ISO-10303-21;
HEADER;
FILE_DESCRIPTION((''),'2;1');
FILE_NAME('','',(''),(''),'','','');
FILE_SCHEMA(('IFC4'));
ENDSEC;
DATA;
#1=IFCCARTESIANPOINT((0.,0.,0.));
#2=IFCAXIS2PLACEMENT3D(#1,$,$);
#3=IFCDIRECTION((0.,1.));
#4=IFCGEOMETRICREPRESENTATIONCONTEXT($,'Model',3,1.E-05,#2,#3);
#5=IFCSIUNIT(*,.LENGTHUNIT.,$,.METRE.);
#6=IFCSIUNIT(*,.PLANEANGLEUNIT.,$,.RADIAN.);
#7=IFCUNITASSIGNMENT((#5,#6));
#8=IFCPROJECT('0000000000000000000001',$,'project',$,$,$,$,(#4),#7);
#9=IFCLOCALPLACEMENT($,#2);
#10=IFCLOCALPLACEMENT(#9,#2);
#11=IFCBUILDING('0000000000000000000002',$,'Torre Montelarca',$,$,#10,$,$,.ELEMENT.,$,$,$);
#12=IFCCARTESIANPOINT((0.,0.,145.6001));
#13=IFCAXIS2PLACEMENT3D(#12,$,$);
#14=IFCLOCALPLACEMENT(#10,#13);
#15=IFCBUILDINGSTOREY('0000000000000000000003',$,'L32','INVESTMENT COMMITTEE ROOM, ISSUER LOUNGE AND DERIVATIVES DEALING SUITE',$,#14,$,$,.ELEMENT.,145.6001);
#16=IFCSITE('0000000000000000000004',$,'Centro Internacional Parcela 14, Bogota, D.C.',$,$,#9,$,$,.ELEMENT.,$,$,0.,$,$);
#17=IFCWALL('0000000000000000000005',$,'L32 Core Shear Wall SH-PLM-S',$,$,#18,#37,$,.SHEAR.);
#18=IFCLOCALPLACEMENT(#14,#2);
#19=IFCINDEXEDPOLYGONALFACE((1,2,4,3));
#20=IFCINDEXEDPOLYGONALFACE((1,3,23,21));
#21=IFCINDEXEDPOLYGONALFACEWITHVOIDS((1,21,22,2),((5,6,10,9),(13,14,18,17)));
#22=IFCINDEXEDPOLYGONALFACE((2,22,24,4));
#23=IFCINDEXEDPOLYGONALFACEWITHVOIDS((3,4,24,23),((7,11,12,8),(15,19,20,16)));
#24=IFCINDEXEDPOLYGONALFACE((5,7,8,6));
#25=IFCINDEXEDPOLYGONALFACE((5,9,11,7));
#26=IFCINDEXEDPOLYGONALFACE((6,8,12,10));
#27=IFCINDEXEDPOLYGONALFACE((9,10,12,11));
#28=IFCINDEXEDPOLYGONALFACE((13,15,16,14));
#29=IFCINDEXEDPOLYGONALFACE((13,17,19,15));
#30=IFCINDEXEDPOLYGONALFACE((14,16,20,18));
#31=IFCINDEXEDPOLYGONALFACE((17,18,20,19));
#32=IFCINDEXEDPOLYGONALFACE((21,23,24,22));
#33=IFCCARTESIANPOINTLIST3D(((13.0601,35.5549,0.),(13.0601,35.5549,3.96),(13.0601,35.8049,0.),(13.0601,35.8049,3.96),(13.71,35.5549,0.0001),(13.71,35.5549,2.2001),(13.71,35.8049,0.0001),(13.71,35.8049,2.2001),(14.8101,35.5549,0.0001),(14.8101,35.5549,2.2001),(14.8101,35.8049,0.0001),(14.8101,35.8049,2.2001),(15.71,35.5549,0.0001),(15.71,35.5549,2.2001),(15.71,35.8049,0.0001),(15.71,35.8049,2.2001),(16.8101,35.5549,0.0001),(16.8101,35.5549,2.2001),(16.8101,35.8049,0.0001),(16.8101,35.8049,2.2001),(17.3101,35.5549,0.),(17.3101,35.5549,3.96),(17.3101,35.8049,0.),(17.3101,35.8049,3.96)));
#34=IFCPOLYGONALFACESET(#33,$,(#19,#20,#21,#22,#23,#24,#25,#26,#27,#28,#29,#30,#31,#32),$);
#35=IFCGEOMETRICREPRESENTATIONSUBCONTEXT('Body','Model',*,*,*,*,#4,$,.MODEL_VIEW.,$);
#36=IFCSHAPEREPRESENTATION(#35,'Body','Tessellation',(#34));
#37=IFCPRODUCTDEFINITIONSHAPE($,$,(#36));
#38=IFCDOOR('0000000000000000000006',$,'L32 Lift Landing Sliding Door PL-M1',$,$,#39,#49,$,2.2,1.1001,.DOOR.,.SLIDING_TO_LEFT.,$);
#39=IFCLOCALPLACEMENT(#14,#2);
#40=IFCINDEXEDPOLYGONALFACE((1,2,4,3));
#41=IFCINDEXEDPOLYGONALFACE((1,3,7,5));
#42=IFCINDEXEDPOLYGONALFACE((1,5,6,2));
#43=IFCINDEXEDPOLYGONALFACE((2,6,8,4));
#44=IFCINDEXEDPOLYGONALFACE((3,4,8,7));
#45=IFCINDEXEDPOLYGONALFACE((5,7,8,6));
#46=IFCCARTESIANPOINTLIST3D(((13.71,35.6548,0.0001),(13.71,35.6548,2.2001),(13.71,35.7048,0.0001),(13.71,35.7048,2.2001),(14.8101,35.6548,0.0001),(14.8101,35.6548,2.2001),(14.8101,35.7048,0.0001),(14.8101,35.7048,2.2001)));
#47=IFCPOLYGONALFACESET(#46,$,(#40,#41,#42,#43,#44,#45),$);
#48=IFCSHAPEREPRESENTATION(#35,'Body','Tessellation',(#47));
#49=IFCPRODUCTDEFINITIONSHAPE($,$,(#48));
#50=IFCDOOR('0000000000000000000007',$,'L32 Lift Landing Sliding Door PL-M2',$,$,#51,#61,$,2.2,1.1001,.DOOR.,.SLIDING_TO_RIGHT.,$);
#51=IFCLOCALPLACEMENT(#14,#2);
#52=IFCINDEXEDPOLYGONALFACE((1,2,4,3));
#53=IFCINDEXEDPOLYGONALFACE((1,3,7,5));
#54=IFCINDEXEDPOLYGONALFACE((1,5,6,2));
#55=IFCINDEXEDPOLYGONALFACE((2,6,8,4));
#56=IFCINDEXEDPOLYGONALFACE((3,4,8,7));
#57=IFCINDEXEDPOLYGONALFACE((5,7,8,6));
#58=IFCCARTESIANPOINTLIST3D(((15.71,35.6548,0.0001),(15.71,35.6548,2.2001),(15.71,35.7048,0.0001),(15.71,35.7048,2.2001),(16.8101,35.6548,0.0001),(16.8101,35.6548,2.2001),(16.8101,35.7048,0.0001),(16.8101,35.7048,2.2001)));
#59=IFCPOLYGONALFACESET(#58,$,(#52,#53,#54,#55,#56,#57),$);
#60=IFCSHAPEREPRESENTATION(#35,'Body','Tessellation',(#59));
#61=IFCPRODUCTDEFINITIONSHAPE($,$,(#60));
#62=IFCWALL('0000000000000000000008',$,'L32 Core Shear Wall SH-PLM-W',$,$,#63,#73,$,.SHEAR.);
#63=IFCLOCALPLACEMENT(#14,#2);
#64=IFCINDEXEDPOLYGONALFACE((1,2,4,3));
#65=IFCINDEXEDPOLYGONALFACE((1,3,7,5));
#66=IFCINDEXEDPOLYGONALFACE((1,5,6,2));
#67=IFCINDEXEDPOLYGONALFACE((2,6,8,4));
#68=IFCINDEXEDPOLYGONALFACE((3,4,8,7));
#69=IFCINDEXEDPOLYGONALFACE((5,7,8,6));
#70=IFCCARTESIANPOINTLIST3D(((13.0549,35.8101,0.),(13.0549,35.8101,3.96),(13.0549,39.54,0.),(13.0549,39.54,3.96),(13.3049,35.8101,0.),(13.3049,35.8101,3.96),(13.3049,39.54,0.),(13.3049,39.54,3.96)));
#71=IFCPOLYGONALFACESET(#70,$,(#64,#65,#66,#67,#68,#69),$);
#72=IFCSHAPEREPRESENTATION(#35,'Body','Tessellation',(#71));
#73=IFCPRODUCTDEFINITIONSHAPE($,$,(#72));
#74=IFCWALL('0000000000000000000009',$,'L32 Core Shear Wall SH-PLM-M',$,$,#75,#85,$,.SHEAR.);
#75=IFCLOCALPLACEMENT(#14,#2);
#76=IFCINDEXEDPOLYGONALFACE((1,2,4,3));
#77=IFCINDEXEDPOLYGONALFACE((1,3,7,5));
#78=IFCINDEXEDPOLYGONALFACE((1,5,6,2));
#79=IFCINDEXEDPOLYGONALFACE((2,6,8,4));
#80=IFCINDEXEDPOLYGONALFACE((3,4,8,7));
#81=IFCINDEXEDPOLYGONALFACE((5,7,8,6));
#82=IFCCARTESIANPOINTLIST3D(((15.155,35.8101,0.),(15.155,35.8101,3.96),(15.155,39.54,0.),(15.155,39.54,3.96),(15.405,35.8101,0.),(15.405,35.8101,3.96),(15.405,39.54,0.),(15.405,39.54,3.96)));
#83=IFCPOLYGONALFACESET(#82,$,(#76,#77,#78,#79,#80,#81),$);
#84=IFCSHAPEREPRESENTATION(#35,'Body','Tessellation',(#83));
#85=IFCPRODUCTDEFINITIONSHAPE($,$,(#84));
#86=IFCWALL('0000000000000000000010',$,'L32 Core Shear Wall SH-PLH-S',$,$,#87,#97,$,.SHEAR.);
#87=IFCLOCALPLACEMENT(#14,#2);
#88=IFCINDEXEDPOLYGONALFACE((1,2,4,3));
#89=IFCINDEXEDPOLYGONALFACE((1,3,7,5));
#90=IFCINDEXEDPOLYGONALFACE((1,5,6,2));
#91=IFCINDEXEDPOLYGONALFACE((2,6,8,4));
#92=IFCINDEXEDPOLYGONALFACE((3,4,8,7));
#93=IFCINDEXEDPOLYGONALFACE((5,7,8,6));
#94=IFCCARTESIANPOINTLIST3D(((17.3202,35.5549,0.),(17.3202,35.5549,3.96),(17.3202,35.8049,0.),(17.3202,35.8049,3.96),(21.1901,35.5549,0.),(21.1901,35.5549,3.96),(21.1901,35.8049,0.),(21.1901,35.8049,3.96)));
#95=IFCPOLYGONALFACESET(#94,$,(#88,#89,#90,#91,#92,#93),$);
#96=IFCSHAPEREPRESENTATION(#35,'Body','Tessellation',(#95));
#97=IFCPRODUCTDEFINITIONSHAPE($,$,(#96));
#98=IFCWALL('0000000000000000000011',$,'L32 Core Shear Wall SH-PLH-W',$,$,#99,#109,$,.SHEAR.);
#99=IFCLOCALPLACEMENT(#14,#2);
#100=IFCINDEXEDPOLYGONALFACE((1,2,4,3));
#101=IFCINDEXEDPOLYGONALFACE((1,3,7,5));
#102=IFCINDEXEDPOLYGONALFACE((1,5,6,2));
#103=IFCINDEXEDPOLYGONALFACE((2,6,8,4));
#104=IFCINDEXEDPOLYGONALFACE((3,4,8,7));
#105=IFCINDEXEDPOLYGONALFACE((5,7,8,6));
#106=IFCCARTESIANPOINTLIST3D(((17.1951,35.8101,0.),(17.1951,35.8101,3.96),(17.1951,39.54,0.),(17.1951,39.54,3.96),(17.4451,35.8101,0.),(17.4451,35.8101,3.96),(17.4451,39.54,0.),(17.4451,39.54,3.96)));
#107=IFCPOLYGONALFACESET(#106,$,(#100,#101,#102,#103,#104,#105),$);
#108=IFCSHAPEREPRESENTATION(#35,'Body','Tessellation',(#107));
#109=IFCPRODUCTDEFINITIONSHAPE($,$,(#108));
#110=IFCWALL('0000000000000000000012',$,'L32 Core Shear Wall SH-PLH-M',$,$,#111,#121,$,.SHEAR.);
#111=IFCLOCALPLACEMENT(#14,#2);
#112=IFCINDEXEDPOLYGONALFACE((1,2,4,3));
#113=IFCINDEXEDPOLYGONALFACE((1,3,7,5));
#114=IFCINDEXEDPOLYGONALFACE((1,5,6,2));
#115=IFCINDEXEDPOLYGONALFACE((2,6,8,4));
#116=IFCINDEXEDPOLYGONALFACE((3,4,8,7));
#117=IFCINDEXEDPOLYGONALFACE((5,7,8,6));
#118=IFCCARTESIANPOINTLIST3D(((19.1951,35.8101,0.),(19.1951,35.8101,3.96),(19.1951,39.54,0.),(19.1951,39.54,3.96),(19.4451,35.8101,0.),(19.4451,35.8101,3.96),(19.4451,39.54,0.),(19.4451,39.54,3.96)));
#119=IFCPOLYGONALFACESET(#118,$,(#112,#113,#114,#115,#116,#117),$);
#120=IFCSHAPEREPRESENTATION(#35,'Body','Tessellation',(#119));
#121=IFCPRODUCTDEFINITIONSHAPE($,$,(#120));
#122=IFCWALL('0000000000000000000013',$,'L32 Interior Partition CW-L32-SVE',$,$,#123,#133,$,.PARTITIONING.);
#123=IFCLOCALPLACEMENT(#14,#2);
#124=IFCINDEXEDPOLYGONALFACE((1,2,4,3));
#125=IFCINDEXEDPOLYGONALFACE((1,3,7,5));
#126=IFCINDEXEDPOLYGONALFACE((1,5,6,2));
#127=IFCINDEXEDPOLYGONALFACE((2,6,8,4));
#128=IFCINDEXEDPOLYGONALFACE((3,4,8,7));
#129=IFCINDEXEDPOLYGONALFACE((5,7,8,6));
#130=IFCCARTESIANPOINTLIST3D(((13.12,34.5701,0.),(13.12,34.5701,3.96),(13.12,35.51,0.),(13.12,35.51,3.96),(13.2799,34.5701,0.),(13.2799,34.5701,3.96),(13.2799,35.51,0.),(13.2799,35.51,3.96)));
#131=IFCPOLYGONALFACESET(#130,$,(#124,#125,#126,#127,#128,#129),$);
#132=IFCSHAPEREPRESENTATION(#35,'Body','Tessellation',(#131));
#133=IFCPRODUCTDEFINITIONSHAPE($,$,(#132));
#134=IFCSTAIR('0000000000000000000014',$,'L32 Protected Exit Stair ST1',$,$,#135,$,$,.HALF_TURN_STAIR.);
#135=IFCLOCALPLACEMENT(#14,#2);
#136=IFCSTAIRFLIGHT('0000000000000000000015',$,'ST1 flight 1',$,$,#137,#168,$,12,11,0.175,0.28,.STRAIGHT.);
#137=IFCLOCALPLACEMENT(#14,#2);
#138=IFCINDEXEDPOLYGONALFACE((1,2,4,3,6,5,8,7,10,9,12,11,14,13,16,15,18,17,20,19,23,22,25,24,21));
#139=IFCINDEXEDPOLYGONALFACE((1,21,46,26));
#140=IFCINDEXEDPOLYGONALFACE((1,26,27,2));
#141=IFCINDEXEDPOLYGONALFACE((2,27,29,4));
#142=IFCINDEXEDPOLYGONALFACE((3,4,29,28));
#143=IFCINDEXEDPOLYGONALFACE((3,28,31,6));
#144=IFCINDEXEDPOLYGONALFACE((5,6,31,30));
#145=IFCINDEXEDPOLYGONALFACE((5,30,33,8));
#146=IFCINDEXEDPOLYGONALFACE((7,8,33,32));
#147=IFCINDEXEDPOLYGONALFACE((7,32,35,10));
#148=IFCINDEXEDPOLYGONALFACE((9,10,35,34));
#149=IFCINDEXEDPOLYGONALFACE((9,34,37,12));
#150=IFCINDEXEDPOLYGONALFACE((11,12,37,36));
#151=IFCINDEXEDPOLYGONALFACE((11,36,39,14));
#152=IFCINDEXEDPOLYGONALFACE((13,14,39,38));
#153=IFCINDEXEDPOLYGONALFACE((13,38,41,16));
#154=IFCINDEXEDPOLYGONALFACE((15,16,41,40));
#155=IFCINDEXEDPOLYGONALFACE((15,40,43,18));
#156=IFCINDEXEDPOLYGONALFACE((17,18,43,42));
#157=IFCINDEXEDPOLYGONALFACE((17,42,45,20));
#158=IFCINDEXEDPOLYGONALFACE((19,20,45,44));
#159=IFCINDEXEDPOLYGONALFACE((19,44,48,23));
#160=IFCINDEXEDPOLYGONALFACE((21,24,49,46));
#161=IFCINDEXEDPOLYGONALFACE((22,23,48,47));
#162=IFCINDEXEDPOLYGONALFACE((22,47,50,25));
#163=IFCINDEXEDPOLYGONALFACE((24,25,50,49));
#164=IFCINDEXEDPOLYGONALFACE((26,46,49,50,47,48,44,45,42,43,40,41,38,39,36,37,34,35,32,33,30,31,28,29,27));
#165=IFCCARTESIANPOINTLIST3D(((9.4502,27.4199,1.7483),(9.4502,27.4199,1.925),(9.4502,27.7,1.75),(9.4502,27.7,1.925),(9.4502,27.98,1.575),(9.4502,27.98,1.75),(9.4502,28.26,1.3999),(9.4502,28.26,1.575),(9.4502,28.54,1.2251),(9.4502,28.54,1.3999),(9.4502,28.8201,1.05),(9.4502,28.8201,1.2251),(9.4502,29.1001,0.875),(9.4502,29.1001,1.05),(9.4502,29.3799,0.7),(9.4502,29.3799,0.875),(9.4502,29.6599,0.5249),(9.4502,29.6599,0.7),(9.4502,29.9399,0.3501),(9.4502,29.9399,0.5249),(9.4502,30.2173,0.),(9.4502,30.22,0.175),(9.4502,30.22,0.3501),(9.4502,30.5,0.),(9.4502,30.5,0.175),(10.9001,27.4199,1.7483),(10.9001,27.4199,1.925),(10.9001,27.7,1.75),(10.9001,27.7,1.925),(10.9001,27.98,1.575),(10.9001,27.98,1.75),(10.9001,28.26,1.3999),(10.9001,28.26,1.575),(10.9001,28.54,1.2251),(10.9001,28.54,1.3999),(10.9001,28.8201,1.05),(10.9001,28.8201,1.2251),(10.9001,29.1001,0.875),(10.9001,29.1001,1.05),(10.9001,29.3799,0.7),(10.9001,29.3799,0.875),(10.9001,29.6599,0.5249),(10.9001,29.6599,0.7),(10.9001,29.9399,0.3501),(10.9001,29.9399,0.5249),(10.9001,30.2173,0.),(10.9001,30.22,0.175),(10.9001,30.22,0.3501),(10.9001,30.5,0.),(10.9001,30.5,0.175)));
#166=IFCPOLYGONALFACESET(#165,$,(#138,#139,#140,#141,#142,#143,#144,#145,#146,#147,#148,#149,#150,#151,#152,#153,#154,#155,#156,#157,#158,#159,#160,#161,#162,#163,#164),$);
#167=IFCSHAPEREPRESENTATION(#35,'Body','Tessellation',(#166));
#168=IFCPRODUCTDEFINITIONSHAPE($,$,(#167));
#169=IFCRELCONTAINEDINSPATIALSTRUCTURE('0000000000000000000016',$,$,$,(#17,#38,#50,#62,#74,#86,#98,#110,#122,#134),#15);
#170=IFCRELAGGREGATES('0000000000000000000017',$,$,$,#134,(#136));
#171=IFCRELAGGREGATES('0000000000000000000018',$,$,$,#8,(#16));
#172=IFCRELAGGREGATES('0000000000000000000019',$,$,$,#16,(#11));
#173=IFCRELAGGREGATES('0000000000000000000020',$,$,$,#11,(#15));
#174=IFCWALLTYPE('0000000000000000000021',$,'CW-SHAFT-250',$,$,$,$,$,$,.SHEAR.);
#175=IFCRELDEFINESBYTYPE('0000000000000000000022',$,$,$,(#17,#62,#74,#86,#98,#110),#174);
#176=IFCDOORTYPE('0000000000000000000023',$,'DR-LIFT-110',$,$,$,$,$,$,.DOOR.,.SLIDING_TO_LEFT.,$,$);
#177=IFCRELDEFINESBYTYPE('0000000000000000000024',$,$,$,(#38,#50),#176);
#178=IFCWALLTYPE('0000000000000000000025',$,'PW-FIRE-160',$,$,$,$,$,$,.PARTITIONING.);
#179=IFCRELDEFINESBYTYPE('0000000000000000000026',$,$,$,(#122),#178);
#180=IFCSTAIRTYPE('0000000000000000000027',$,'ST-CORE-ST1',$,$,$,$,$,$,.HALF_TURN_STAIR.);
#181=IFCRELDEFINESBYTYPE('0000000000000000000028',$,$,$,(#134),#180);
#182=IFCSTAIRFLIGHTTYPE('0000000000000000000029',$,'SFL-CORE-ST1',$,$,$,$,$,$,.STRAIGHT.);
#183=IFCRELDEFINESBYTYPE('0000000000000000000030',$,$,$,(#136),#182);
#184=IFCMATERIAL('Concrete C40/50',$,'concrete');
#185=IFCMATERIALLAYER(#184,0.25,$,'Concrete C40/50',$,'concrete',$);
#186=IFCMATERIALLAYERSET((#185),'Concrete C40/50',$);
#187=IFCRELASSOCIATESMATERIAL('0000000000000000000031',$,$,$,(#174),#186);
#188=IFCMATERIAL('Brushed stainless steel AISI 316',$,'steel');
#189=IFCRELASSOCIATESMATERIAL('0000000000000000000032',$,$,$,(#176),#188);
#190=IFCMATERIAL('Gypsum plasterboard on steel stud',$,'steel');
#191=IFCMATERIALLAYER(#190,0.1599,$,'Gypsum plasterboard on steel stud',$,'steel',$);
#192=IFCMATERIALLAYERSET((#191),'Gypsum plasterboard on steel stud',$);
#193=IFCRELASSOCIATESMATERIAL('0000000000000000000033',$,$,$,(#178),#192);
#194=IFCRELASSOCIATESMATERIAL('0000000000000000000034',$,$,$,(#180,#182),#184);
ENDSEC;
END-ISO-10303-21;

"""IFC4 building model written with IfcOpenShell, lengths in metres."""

from ifc_helpers import new_model, si_unit, direction, frame, frame_2d, origin, place, context, subcontext, project, spatial, polyline, rectangle, outline, extrude, source, transform, mapped, material, layer, layer_set, type_object, element, fill, aggregate, save


model = new_model("IFC4")

# Units and contexts
model_context = context("Model", 3, precision=1e-05, world=origin(), true_north=direction((0.0, 1.0)))
body_context = subcontext(model_context, "Body", "Model", "MODEL_VIEW")
ifc_project = project(units=[si_unit("LENGTHUNIT", "METRE"), si_unit("PLANEANGLEUNIT", "RADIAN")], contexts=[model_context])

# Site, building, storey
site_placement = place(None, origin())
site = spatial("IfcSite", under=ifc_project, at=site_placement, Name="Centro Internacional Parcela 14, Bogota, D.C.", CompositionType="ELEMENT", RefElevation=0.0)
building_placement = place(site_placement, origin())
building = spatial("IfcBuilding", under=site, at=building_placement, Name="Torre Montelarca", CompositionType="ELEMENT")
storey_placement = place(building_placement, frame((0.0, 0.0, 145.6001)))
storey = spatial("IfcBuildingStorey", under=building, at=storey_placement, Name="L32", Description="INVESTMENT COMMITTEE ROOM, ISSUER LOUNGE AND DERIVATIVES DEALING SUITE", CompositionType="ELEMENT", Elevation=145.6001)

# Shared definitions
ifc_material_1 = material(Name="Concrete C40/50", Category="concrete")
ifc_layer_1 = layer(ifc_material_1, 0.25, Name="Concrete C40/50", Category="concrete")
ifc_layer_set_1 = layer_set([ifc_layer_1], Name="Concrete C40/50")
wall_type_1 = type_object("IfcWallType", Name="CW-SHAFT-250", PredefinedType="SHEAR", material=ifc_layer_set_1)

# Shared definitions
ifc_material_2 = material(Name="Brushed stainless steel AISI 316", Category="steel")

# Wall, openings, doors
wall_1_placement = place(storey_placement, frame((13.0601, 35.6799, 0.0), z_axis=(0.0, 0.0, 1.0), x_axis=(1.0, 0.0, 0.0)))
wall_1 = element("IfcWall", 1, at=wall_1_placement, inside=storey, type_object=wall_type_1, Name="L32 Core Shear Wall SH-PLM-S", PredefinedType="SHEAR", context=body_context, shape_type="SweptSolid", body=[
    extrude(rectangle(XDim=4.25, YDim=0.25, at=frame_2d((2.125, 0.0))), origin(), (0.0, 0.0, 1.0), 3.96),
])
opening_1_placement = place(wall_1_placement, frame((0.6499, 0.0, 0.0)))
opening_1 = element("IfcOpeningElement", 2, at=opening_1_placement, cuts=wall_1, PredefinedType="OPENING", context=body_context, shape_type="SweptSolid", body=[
    extrude(rectangle(XDim=1.1001, YDim=2.2, at=frame_2d((0.55, 1.1001))), frame((0.0, 0.135, 0.0), z_axis=(0.0, -1.0, 0.0), x_axis=(1.0, 0.0, 0.0)), (0.0, 0.0, 1.0), 0.27),
])
opening_2_placement = place(wall_1_placement, frame((2.6499, 0.0, 0.0)))
opening_2 = element("IfcOpeningElement", 3, at=opening_2_placement, cuts=wall_1, PredefinedType="OPENING", context=body_context, shape_type="SweptSolid", body=[
    extrude(rectangle(XDim=1.1001, YDim=2.2, at=frame_2d((0.55, 1.1001))), frame((0.0, 0.135, 0.0), z_axis=(0.0, -1.0, 0.0), x_axis=(1.0, 0.0, 0.0)), (0.0, 0.0, 1.0), 0.27),
])
door_type_1 = type_object("IfcDoorType", Name="DR-LIFT-110", OperationType="SLIDING_TO_LEFT", PredefinedType="DOOR", material=ifc_material_2)
shared_shape_1 = source(origin(), body_context, "Body", "SweptSolid", [
    extrude(rectangle(XDim=1.1001, YDim=2.2, at=frame_2d((0.55, 1.1001))), frame((0.0, 0.0249, 0.0), z_axis=(0.0, -1.0, 0.0), x_axis=(1.0, 0.0, 0.0)), (0.0, 0.0, 1.0), 0.05),
])
door_1_placement = place(opening_1_placement, origin())
door_1 = element("IfcDoor", 4, at=door_1_placement, inside=storey, type_object=door_type_1, Name="L32 Lift Landing Sliding Door PL-M1", OperationType="SLIDING_TO_LEFT", OverallHeight=2.2, OverallWidth=1.1001, PredefinedType="DOOR", context=body_context, shape_type="MappedRepresentation", body=[
    mapped(shared_shape_1, transform((0.0, 0.0, 0.0), scale=1.0)),
])
fill(opening_1, door_1)
door_2_placement = place(opening_2_placement, origin())
door_2 = element("IfcDoor", 5, at=door_2_placement, inside=storey, type_object=door_type_1, Name="L32 Lift Landing Sliding Door PL-M2", OperationType="SLIDING_TO_RIGHT", OverallHeight=2.2, OverallWidth=1.1001, PredefinedType="DOOR", context=body_context, shape_type="MappedRepresentation", body=[
    mapped(shared_shape_1, transform((0.0, 0.0, 0.0), scale=1.0)),
])
fill(opening_2, door_2)

# Walls
for number, where, z_axis, x_axis, name in (
    (6, (13.1799, 35.8101, 0.0), (0.0, 0.0, 1.0), (0.0, 1.0, 0.0), "L32 Core Shear Wall SH-PLM-W"),
    (7, (15.28, 35.8101, 0.0), (0.0, 0.0, 1.0), (0.0, 1.0, 0.0), "L32 Core Shear Wall SH-PLM-M"),
):
    element("IfcWall", number, at=place(storey_placement, frame(where, z_axis=z_axis, x_axis=x_axis)), inside=storey, type_object=wall_type_1, Name=name, PredefinedType="SHEAR", context=body_context, shape_type="SweptSolid", body=[
        extrude(rectangle(XDim=3.73, YDim=0.25, at=frame_2d((1.865, 0.0))), origin(), (0.0, 0.0, 1.0), 3.96),
    ])
wall_2_placement = place(storey_placement, frame((17.3201, 35.6799, 0.0), z_axis=(0.0, 0.0, 1.0), x_axis=(1.0, 0.0, 0.0)))
element("IfcWall", 8, at=wall_2_placement, inside=storey, type_object=wall_type_1, Name="L32 Core Shear Wall SH-PLH-S", PredefinedType="SHEAR", context=body_context, shape_type="SweptSolid", body=[
    extrude(rectangle(XDim=3.8699, YDim=0.25, at=frame_2d((1.9351, 0.0))), origin(), (0.0, 0.0, 1.0), 3.96),
])
for number, where, z_axis, x_axis, name in (
    (9, (17.3201, 35.8101, 0.0), (0.0, 0.0, 1.0), (0.0, 1.0, 0.0), "L32 Core Shear Wall SH-PLH-W"),
    (10, (19.3201, 35.8101, 0.0), (0.0, 0.0, 1.0), (0.0, 1.0, 0.0), "L32 Core Shear Wall SH-PLH-M"),
):
    element("IfcWall", number, at=place(storey_placement, frame(where, z_axis=z_axis, x_axis=x_axis)), inside=storey, type_object=wall_type_1, Name=name, PredefinedType="SHEAR", context=body_context, shape_type="SweptSolid", body=[
        extrude(rectangle(XDim=3.73, YDim=0.25, at=frame_2d((1.865, 0.0))), origin(), (0.0, 0.0, 1.0), 3.96),
    ])

# Shared definitions
ifc_material_3 = material(Name="Gypsum plasterboard on steel stud", Category="steel")
ifc_layer_2 = layer(ifc_material_3, 0.1599, Name="Gypsum plasterboard on steel stud", Category="steel")
ifc_layer_set_2 = layer_set([ifc_layer_2], Name="Gypsum plasterboard on steel stud")
wall_type_2 = type_object("IfcWallType", Name="PW-FIRE-160", PredefinedType="PARTITIONING", material=ifc_layer_set_2)

# Wall
wall_3_placement = place(storey_placement, frame((13.2, 34.5701, 0.0), z_axis=(0.0, 0.0, 1.0), x_axis=(0.0, 1.0, 0.0)))
element("IfcWall", 11, at=wall_3_placement, inside=storey, type_object=wall_type_2, Name="L32 Interior Partition CW-L32-SVE", PredefinedType="PARTITIONING", context=body_context, shape_type="SweptSolid", body=[
    extrude(rectangle(XDim=0.9399, YDim=0.1599, at=frame_2d((0.47, 0.0))), origin(), (0.0, 0.0, 1.0), 3.96),
])

# Stair, stair flight
stair_type = type_object("IfcStairType", Name="ST-CORE-ST1", PredefinedType="HALF_TURN_STAIR", material=ifc_material_1)
stair_placement = place(storey_placement, origin())
stair = element("IfcStair", 12, at=stair_placement, inside=storey, type_object=stair_type, Name="L32 Protected Exit Stair ST1", PredefinedType="HALF_TURN_STAIR")
stair_flight_type = type_object("IfcStairFlightType", Name="SFL-CORE-ST1", PredefinedType="STRAIGHT", material=ifc_material_1)
stair_flight_placement = place(storey_placement, frame((10.175, 30.5, 0.0), z_axis=(0.0, 0.0, 1.0), x_axis=(0.0, -1.0, 0.0)))
stair_flight = element("IfcStairFlight", 13, at=stair_flight_placement, type_object=stair_flight_type, Name="ST1 flight 1", NumberOfRisers=12, NumberOfTreads=11, PredefinedType="STRAIGHT", RiserHeight=0.175, TreadLength=0.28, context=body_context, shape_type="SweptSolid", body=[
    extrude(outline(polyline([(0.0, 0.0), (0.0, 0.175), (0.28, 0.175), (0.28, 0.3501), (0.5601, 0.3501), (0.5601, 0.5249), (0.8401, 0.5249), (0.8401, 0.7), (1.1201, 0.7), (1.1201, 0.875), (1.3999, 0.875), (1.3999, 1.05), (1.6799, 1.05), (1.6799, 1.2251), (1.96, 1.2251), (1.96, 1.3999), (2.24, 1.3999), (2.24, 1.575), (2.52, 1.575), (2.52, 1.75), (2.8, 1.75), (2.8, 1.925), (3.0801, 1.925), (3.0801, 2.1001), (3.0801, 1.7483), (0.2827, 0.0), (0.0, 0.0)])), frame((0.0, 0.7251, 0.0), z_axis=(0.0, -1.0, 0.0), x_axis=(1.0, 0.0, 0.0)), (0.0, 0.0, 1.0), 1.45),
])
aggregate(stair, [stair_flight])

save(model, "model.ifc")
